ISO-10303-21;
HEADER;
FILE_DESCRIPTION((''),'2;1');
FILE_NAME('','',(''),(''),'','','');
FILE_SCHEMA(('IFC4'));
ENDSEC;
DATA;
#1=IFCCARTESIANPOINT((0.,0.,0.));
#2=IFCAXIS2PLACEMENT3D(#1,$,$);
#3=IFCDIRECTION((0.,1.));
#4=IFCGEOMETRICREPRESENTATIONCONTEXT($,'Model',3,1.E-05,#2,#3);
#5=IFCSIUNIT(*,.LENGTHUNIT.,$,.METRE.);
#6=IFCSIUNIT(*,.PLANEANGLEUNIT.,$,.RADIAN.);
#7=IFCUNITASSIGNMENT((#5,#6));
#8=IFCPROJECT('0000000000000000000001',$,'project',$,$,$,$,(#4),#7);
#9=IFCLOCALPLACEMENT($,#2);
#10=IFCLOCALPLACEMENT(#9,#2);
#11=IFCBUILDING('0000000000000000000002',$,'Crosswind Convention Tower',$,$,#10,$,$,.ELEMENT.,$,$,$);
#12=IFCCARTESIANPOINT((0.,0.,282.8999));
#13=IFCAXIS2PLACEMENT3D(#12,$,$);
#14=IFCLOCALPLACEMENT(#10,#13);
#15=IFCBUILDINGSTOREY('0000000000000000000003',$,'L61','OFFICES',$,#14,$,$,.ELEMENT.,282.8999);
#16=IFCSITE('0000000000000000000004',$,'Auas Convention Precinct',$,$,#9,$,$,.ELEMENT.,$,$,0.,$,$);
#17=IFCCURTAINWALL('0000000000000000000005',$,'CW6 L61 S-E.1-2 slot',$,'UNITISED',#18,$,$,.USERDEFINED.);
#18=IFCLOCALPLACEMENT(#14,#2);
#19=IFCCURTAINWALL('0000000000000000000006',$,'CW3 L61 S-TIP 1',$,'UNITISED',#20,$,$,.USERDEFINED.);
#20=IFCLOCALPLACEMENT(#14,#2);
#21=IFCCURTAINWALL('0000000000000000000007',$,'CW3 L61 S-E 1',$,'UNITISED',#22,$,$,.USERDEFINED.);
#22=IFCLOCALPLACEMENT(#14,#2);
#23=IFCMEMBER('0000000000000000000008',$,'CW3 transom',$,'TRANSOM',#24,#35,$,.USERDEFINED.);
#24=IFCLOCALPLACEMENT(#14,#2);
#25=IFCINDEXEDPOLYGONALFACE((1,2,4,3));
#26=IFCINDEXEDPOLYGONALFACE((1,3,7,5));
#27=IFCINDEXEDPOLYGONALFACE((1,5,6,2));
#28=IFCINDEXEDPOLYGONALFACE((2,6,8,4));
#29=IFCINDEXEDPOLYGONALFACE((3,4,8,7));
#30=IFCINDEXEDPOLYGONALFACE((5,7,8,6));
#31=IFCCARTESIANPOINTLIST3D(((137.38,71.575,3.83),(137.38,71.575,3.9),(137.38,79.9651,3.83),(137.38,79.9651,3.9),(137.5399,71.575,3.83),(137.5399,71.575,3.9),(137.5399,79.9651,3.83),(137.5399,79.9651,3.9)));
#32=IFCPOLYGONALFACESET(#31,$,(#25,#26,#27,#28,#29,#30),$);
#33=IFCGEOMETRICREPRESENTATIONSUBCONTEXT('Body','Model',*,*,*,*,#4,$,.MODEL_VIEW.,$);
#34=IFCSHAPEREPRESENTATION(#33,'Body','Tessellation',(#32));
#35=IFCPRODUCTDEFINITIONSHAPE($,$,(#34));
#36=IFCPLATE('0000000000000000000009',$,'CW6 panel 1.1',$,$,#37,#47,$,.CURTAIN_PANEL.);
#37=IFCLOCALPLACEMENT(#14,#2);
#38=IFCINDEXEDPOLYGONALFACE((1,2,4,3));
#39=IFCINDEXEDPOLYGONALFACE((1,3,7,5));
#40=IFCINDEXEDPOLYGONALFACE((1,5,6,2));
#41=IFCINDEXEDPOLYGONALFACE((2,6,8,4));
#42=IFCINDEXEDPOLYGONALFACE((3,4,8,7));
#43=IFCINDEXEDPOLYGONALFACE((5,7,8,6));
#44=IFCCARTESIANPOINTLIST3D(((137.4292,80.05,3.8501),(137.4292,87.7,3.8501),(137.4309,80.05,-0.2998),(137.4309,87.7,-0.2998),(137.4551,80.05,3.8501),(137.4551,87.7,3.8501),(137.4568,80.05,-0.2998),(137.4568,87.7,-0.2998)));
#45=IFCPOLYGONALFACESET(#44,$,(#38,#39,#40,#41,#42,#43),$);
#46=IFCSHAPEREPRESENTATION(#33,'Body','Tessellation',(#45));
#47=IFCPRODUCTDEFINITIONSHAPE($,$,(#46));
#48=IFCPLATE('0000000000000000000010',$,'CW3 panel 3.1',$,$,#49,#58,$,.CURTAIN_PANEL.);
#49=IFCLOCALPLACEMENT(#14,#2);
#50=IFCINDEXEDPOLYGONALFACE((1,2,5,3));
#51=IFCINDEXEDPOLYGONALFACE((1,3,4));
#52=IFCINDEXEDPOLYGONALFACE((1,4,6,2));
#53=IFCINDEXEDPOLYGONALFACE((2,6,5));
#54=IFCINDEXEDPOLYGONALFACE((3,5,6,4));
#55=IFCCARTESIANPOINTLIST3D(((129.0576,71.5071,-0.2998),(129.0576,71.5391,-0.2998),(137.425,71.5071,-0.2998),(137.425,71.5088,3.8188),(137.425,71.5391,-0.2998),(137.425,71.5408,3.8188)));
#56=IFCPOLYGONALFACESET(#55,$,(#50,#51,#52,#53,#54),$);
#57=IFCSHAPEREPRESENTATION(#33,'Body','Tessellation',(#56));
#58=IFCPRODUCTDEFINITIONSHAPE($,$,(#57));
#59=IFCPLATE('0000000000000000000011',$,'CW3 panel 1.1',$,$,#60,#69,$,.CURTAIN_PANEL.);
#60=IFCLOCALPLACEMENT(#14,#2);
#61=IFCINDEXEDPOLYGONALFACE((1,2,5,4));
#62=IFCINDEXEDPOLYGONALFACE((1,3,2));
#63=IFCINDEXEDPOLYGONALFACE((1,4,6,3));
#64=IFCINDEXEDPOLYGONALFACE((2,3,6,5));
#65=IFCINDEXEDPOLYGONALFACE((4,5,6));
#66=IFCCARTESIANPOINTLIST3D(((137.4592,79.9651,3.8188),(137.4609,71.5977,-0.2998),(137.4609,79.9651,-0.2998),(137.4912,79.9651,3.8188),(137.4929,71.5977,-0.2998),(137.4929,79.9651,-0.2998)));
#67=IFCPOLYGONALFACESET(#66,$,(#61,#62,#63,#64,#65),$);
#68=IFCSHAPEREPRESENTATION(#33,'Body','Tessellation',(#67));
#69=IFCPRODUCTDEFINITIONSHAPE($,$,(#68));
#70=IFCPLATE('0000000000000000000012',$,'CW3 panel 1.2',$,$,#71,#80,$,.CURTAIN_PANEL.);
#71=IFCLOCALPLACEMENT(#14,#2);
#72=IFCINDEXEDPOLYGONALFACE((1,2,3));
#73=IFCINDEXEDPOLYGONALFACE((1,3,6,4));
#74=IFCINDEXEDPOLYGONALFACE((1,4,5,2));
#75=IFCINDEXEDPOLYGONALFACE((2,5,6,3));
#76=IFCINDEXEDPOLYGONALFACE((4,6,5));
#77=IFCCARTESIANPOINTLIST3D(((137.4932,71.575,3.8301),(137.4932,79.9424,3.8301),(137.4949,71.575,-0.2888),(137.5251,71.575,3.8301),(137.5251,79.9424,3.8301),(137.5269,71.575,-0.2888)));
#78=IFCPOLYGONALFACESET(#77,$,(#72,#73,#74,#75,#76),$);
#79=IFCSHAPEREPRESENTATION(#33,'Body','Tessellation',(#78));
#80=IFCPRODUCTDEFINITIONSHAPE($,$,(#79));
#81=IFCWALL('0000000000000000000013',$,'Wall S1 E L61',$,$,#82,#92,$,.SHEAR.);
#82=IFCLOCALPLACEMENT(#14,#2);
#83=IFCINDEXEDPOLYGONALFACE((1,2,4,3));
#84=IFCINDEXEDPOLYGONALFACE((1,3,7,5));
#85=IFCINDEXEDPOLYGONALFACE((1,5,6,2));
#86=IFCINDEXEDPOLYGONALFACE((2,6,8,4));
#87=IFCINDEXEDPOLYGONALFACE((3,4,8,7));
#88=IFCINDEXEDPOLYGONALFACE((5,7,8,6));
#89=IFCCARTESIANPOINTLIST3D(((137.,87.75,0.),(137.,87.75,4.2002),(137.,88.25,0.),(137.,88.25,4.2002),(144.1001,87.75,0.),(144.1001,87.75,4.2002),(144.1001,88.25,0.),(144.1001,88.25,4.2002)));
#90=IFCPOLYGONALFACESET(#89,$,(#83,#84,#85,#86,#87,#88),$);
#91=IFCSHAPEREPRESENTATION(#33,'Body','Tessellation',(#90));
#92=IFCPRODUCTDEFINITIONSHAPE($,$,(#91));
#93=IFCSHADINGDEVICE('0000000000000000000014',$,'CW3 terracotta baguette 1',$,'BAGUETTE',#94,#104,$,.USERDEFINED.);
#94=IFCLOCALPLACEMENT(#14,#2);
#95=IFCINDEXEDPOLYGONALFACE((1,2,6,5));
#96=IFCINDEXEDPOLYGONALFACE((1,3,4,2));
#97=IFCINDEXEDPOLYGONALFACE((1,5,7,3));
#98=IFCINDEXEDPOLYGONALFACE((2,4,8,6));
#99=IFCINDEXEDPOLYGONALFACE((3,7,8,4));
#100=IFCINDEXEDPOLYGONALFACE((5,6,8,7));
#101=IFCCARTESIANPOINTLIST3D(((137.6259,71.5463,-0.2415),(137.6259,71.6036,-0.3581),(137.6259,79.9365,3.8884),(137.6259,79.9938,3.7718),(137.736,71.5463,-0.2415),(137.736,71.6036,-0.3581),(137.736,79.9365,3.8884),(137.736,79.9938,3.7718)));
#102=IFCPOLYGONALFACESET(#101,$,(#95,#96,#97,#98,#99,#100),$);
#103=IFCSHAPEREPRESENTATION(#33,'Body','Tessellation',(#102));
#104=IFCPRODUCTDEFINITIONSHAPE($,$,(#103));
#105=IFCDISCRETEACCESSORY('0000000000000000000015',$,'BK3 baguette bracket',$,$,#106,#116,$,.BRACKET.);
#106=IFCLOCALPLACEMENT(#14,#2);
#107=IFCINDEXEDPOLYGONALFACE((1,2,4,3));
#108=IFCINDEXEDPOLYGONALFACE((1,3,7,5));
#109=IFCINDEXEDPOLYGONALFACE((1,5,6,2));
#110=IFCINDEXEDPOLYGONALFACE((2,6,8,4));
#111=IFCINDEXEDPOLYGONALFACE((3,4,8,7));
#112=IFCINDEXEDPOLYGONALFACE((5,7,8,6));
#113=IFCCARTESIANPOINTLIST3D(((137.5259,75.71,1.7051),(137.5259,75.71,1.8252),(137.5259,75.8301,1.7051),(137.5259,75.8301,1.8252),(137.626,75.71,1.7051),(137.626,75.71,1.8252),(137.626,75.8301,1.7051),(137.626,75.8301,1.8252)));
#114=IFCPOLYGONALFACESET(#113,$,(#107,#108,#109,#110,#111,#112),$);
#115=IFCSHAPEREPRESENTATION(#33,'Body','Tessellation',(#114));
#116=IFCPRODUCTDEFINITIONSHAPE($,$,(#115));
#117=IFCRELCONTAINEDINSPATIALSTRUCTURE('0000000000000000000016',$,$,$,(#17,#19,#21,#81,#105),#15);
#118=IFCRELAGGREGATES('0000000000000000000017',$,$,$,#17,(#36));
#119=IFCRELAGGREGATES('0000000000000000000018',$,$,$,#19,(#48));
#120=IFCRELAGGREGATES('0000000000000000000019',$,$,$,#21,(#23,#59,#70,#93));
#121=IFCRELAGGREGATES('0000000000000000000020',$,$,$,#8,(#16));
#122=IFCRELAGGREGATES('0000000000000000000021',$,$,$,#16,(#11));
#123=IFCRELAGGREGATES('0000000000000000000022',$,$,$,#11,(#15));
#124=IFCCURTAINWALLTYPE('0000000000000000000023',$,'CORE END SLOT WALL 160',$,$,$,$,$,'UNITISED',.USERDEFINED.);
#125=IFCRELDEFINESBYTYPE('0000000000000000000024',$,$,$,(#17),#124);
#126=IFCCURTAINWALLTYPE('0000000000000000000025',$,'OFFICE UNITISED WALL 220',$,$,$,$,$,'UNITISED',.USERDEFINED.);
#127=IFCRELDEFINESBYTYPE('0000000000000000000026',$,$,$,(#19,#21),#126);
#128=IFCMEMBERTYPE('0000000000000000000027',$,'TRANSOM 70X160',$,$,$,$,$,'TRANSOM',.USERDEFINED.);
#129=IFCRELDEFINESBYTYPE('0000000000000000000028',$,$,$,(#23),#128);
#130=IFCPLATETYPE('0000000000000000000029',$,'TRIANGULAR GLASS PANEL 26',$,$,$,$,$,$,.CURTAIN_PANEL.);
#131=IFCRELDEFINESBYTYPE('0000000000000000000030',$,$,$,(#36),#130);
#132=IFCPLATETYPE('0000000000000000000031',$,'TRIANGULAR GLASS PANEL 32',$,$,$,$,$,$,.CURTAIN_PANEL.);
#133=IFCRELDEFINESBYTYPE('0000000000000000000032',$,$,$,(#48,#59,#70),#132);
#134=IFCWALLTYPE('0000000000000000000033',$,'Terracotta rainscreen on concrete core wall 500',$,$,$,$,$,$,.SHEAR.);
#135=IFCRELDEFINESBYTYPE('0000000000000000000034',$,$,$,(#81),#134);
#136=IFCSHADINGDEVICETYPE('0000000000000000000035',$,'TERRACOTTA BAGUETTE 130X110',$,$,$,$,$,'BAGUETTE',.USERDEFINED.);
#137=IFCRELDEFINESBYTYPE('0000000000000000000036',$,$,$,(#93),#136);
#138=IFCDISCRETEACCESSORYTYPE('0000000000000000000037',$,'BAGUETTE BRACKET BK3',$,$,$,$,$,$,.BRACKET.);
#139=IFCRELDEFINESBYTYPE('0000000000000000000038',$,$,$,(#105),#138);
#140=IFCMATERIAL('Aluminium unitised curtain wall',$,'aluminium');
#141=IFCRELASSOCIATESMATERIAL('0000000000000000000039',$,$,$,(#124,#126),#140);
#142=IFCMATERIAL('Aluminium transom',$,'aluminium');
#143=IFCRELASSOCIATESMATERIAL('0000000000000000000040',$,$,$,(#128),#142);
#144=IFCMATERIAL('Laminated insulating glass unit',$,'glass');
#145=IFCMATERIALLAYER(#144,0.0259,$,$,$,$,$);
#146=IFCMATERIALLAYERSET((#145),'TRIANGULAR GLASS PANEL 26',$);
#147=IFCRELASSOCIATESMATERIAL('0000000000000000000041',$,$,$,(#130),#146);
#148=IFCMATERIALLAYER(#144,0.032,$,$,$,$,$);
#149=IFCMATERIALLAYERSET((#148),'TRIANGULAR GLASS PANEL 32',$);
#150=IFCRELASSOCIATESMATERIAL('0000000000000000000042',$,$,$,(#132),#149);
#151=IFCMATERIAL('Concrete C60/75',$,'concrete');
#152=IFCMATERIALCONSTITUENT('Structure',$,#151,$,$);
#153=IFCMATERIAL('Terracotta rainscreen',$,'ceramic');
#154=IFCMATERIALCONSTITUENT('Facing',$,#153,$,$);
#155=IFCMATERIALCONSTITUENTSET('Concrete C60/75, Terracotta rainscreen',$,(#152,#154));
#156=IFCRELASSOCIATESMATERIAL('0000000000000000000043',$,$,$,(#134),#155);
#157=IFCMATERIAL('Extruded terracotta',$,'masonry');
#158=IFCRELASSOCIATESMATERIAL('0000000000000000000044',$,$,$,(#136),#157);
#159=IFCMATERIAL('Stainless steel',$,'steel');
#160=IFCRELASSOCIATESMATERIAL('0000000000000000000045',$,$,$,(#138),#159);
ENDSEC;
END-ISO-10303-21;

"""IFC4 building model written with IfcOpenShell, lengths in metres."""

from ifc_helpers import new_model, si_unit, direction, frame, frame_2d, origin, origin_2d, place, context, subcontext, project, spatial, polyline, rectangle, outline, extrude, material, layer, layer_set, constituent, constituent_set, material_profile, profile_set, type_object, element, aggregate, save


model = new_model("IFC4")

# Units and contexts
model_context = context("Model", 3, precision=1e-05, world=origin(), true_north=direction((0.0, 1.0)))
body_context = subcontext(model_context, "Body", "Model", "MODEL_VIEW")
ifc_project = project(units=[si_unit("LENGTHUNIT", "METRE"), si_unit("PLANEANGLEUNIT", "RADIAN")], contexts=[model_context])

# Site, building, storey
site_placement = place(None, origin())
site = spatial("IfcSite", under=ifc_project, at=site_placement, Name="Auas Convention Precinct", CompositionType="ELEMENT", RefElevation=0.0)
building_placement = place(site_placement, origin())
building = spatial("IfcBuilding", under=site, at=building_placement, Name="Crosswind Convention Tower", CompositionType="ELEMENT")
storey_placement = place(building_placement, frame((0.0, 0.0, 282.8999)))
storey = spatial("IfcBuildingStorey", under=building, at=storey_placement, Name="L61", Description="OFFICES", CompositionType="ELEMENT", Elevation=282.8999)

# Shared definitions
ifc_material_1 = material(Name="Concrete C60/75", Category="concrete")

# Curtain wall
ifc_material_2 = material(Name="Aluminium unitised curtain wall", Category="aluminium")
curtain_wall_type_1 = type_object("IfcCurtainWallType", Name="CORE END SLOT WALL 160", ElementType="UNITISED", PredefinedType="USERDEFINED", material=ifc_material_2)
curtain_wall_1_placement = place(storey_placement, origin())
curtain_wall_1 = element("IfcCurtainWall", 1, at=curtain_wall_1_placement, inside=storey, type_object=curtain_wall_type_1, Name="CW6 L61 S-E.1-2 slot", ObjectType="UNITISED", PredefinedType="USERDEFINED")

# Curtain walls
curtain_wall_type_2 = type_object("IfcCurtainWallType", Name="OFFICE UNITISED WALL 220", ElementType="UNITISED", PredefinedType="USERDEFINED", material=ifc_material_2)
curtain_wall_2_placement = place(storey_placement, origin())
curtain_wall_2 = element("IfcCurtainWall", 2, at=curtain_wall_2_placement, inside=storey, type_object=curtain_wall_type_2, Name="CW3 L61 S-TIP 1", ObjectType="UNITISED", PredefinedType="USERDEFINED")
curtain_wall_3_placement = place(storey_placement, origin())
curtain_wall_3 = element("IfcCurtainWall", 3, at=curtain_wall_3_placement, inside=storey, type_object=curtain_wall_type_2, Name="CW3 L61 S-E 1", ObjectType="UNITISED", PredefinedType="USERDEFINED")

# Member
ifc_material_3 = material(Name="Aluminium transom", Category="aluminium")
ifc_material_profile_1 = material_profile(ifc_material_3, rectangle(XDim=0.1599, YDim=0.0701, at=origin_2d()), Name="AL 160X70")
ifc_profile_set_1 = profile_set([ifc_material_profile_1], Name="Aluminium transom")
member_type_1 = type_object("IfcMemberType", Name="TRANSOM 70X160", ElementType="TRANSOM", PredefinedType="USERDEFINED", material=ifc_profile_set_1)
member_1_placement = place(storey_placement, frame((137.46, 71.575, 3.865), z_axis=(0.0, 1.0, 0.0), x_axis=(-1.0, 0.0, 0.0)))
member_1 = element("IfcMember", 4, at=member_1_placement, type_object=member_type_1, Name="CW3 transom", ObjectType="TRANSOM", PredefinedType="USERDEFINED", context=body_context, shape_type="SweptSolid", body=[
    extrude(rectangle(XDim=0.1599, YDim=0.0701, at=origin_2d()), origin(), (0.0, 0.0, 1.0), 8.3901),
])

# Plates
ifc_material_4 = material(Name="Laminated insulating glass unit", Category="glass")
ifc_layer_1 = layer(ifc_material_4, 0.0259)
ifc_layer_set_1 = layer_set([ifc_layer_1], Name="TRIANGULAR GLASS PANEL 26")
plate_type_1 = type_object("IfcPlateType", Name="TRIANGULAR GLASS PANEL 26", PredefinedType="CURTAIN_PANEL", material=ifc_layer_set_1)
plate_1_placement = place(storey_placement, frame((137.4568, 80.05, -0.2998), z_axis=(1.0, 0.0, 0.000412), x_axis=(0.0, 1.0, 0.0)))
plate_1 = element("IfcPlate", 5, at=plate_1_placement, type_object=plate_type_1, Name="CW6 panel 1.1", PredefinedType="CURTAIN_PANEL", context=body_context, shape_type="SweptSolid", body=[
    extrude(outline(polyline([(0.0, 0.0), (7.6499, 0.0), (7.6499, 4.1499), (0.0, 4.1499), (0.0, 0.0)])), origin(), (0.0, 0.0, -1.0), 0.0259),
])
aggregate(curtain_wall_1, [plate_1])
ifc_layer_2 = layer(ifc_material_4, 0.032)
ifc_layer_set_2 = layer_set([ifc_layer_2], Name="TRIANGULAR GLASS PANEL 32")
plate_type_2 = type_object("IfcPlateType", Name="TRIANGULAR GLASS PANEL 32", PredefinedType="CURTAIN_PANEL", material=ifc_layer_set_2)
plate_2_placement = place(storey_placement, frame((137.425, 71.5071, -0.2998), z_axis=(0.0, -1.0, 0.000415), x_axis=(0.0, 0.000415, 1.0)))
plate_2 = element("IfcPlate", 6, at=plate_2_placement, type_object=plate_type_2, Name="CW3 panel 3.1", PredefinedType="CURTAIN_PANEL", context=body_context, shape_type="SweptSolid", body=[
    extrude(outline(polyline([(0.0, 0.0), (4.1187, 0.0), (0.0, 8.3674), (0.0, 0.0)])), origin(), (0.0, 0.0, -1.0), 0.032),
])
aggregate(curtain_wall_2, [plate_2])
plate_3_placement = place(storey_placement, frame((137.4929, 79.9651, -0.2998), z_axis=(1.0, 0.0, 0.000415), x_axis=(-0.000415, 0.0, 1.0)))
plate_3 = element("IfcPlate", 7, at=plate_3_placement, type_object=plate_type_2, Name="CW3 panel 1.1", PredefinedType="CURTAIN_PANEL", context=body_context, shape_type="SweptSolid", body=[
    extrude(outline(polyline([(0.0, 0.0), (4.1187, 0.0), (0.0, 8.3674), (0.0, 0.0)])), origin(), (0.0, 0.0, -1.0), 0.032),
])
plate_4_placement = place(storey_placement, frame((137.5251, 71.575, 3.8301), z_axis=(1.0, 0.0, 0.000415), x_axis=(0.000415, 0.0, -1.0)))
plate_4 = element("IfcPlate", 8, at=plate_4_placement, type_object=plate_type_2, Name="CW3 panel 1.2", PredefinedType="CURTAIN_PANEL", context=body_context, shape_type="SweptSolid", body=[
    extrude(outline(polyline([(0.0, 0.0), (4.1189, 0.0), (0.0, 8.3674), (0.0, 0.0)])), origin(), (0.0, 0.0, -1.0), 0.032),
])

# Wall
ifc_constituent_1 = constituent(ifc_material_1, Name="Structure")
ifc_material_5 = material(Name="Terracotta rainscreen", Category="ceramic")
ifc_constituent_2 = constituent(ifc_material_5, Name="Facing")
ifc_constituent_set = constituent_set(constituents=[ifc_constituent_1, ifc_constituent_2], Name="Concrete C60/75, Terracotta rainscreen")
wall_type = type_object("IfcWallType", Name="Terracotta rainscreen on concrete core wall 500", PredefinedType="SHEAR", material=ifc_constituent_set)
wall_placement = place(storey_placement, frame((137.0, 88.0, 0.0), z_axis=(0.0, 0.0, 1.0), x_axis=(1.0, 0.0, 0.0)))
element("IfcWall", 9, at=wall_placement, inside=storey, type_object=wall_type, Name="Wall S1 E L61", PredefinedType="SHEAR", context=body_context, shape_type="SweptSolid", body=[
    extrude(rectangle(XDim=7.1001, YDim=0.5, at=frame_2d((3.55, 0.0))), origin(), (0.0, 0.0, 1.0), 4.2002),
])

# Shading device
ifc_material_6 = material(Name="Extruded terracotta", Category="masonry")
ifc_material_profile_2 = material_profile(ifc_material_6, rectangle(XDim=0.1101, YDim=0.1299, at=origin_2d()), Name="TC 110X130")
ifc_profile_set_2 = profile_set([ifc_material_profile_2], Name="Extruded terracotta")
shading_device_type = type_object("IfcShadingDeviceType", Name="TERRACOTTA BAGUETTE 130X110", ElementType="BAGUETTE", PredefinedType="USERDEFINED", material=ifc_profile_set_2)
shading_device_placement = place(storey_placement, frame((137.6809, 71.575, -0.2998), z_axis=(0.0, 0.897198, 0.441628), x_axis=(-1.0, 0.0, 0.0)))
shading_device = element("IfcShadingDevice", 10, at=shading_device_placement, type_object=shading_device_type, Name="CW3 terracotta baguette 1", ObjectType="BAGUETTE", PredefinedType="USERDEFINED", context=body_context, shape_type="SweptSolid", body=[
    extrude(rectangle(XDim=0.1101, YDim=0.1299, at=origin_2d()), origin(), (0.0, 0.0, 1.0), 9.3516),
])
aggregate(curtain_wall_3, [member_1, plate_3, plate_4, shading_device])

# Discrete accessory
ifc_material_7 = material(Name="Stainless steel", Category="steel")
discrete_accessory_type = type_object("IfcDiscreteAccessoryType", Name="BAGUETTE BRACKET BK3", PredefinedType="BRACKET", material=ifc_material_7)
discrete_accessory_placement = place(storey_placement, frame((137.5759, 75.77, 1.7051), z_axis=(0.0, 0.0, 1.0), x_axis=(0.0, 1.0, 0.0)))
element("IfcDiscreteAccessory", 11, at=discrete_accessory_placement, inside=storey, type_object=discrete_accessory_type, Name="BK3 baguette bracket", PredefinedType="BRACKET", context=body_context, shape_type="SweptSolid", body=[
    extrude(rectangle(XDim=0.1201, YDim=0.1001, at=origin_2d()), origin(), (0.0, 0.0, 1.0), 0.1201),
])

save(model, "model.ifc")
